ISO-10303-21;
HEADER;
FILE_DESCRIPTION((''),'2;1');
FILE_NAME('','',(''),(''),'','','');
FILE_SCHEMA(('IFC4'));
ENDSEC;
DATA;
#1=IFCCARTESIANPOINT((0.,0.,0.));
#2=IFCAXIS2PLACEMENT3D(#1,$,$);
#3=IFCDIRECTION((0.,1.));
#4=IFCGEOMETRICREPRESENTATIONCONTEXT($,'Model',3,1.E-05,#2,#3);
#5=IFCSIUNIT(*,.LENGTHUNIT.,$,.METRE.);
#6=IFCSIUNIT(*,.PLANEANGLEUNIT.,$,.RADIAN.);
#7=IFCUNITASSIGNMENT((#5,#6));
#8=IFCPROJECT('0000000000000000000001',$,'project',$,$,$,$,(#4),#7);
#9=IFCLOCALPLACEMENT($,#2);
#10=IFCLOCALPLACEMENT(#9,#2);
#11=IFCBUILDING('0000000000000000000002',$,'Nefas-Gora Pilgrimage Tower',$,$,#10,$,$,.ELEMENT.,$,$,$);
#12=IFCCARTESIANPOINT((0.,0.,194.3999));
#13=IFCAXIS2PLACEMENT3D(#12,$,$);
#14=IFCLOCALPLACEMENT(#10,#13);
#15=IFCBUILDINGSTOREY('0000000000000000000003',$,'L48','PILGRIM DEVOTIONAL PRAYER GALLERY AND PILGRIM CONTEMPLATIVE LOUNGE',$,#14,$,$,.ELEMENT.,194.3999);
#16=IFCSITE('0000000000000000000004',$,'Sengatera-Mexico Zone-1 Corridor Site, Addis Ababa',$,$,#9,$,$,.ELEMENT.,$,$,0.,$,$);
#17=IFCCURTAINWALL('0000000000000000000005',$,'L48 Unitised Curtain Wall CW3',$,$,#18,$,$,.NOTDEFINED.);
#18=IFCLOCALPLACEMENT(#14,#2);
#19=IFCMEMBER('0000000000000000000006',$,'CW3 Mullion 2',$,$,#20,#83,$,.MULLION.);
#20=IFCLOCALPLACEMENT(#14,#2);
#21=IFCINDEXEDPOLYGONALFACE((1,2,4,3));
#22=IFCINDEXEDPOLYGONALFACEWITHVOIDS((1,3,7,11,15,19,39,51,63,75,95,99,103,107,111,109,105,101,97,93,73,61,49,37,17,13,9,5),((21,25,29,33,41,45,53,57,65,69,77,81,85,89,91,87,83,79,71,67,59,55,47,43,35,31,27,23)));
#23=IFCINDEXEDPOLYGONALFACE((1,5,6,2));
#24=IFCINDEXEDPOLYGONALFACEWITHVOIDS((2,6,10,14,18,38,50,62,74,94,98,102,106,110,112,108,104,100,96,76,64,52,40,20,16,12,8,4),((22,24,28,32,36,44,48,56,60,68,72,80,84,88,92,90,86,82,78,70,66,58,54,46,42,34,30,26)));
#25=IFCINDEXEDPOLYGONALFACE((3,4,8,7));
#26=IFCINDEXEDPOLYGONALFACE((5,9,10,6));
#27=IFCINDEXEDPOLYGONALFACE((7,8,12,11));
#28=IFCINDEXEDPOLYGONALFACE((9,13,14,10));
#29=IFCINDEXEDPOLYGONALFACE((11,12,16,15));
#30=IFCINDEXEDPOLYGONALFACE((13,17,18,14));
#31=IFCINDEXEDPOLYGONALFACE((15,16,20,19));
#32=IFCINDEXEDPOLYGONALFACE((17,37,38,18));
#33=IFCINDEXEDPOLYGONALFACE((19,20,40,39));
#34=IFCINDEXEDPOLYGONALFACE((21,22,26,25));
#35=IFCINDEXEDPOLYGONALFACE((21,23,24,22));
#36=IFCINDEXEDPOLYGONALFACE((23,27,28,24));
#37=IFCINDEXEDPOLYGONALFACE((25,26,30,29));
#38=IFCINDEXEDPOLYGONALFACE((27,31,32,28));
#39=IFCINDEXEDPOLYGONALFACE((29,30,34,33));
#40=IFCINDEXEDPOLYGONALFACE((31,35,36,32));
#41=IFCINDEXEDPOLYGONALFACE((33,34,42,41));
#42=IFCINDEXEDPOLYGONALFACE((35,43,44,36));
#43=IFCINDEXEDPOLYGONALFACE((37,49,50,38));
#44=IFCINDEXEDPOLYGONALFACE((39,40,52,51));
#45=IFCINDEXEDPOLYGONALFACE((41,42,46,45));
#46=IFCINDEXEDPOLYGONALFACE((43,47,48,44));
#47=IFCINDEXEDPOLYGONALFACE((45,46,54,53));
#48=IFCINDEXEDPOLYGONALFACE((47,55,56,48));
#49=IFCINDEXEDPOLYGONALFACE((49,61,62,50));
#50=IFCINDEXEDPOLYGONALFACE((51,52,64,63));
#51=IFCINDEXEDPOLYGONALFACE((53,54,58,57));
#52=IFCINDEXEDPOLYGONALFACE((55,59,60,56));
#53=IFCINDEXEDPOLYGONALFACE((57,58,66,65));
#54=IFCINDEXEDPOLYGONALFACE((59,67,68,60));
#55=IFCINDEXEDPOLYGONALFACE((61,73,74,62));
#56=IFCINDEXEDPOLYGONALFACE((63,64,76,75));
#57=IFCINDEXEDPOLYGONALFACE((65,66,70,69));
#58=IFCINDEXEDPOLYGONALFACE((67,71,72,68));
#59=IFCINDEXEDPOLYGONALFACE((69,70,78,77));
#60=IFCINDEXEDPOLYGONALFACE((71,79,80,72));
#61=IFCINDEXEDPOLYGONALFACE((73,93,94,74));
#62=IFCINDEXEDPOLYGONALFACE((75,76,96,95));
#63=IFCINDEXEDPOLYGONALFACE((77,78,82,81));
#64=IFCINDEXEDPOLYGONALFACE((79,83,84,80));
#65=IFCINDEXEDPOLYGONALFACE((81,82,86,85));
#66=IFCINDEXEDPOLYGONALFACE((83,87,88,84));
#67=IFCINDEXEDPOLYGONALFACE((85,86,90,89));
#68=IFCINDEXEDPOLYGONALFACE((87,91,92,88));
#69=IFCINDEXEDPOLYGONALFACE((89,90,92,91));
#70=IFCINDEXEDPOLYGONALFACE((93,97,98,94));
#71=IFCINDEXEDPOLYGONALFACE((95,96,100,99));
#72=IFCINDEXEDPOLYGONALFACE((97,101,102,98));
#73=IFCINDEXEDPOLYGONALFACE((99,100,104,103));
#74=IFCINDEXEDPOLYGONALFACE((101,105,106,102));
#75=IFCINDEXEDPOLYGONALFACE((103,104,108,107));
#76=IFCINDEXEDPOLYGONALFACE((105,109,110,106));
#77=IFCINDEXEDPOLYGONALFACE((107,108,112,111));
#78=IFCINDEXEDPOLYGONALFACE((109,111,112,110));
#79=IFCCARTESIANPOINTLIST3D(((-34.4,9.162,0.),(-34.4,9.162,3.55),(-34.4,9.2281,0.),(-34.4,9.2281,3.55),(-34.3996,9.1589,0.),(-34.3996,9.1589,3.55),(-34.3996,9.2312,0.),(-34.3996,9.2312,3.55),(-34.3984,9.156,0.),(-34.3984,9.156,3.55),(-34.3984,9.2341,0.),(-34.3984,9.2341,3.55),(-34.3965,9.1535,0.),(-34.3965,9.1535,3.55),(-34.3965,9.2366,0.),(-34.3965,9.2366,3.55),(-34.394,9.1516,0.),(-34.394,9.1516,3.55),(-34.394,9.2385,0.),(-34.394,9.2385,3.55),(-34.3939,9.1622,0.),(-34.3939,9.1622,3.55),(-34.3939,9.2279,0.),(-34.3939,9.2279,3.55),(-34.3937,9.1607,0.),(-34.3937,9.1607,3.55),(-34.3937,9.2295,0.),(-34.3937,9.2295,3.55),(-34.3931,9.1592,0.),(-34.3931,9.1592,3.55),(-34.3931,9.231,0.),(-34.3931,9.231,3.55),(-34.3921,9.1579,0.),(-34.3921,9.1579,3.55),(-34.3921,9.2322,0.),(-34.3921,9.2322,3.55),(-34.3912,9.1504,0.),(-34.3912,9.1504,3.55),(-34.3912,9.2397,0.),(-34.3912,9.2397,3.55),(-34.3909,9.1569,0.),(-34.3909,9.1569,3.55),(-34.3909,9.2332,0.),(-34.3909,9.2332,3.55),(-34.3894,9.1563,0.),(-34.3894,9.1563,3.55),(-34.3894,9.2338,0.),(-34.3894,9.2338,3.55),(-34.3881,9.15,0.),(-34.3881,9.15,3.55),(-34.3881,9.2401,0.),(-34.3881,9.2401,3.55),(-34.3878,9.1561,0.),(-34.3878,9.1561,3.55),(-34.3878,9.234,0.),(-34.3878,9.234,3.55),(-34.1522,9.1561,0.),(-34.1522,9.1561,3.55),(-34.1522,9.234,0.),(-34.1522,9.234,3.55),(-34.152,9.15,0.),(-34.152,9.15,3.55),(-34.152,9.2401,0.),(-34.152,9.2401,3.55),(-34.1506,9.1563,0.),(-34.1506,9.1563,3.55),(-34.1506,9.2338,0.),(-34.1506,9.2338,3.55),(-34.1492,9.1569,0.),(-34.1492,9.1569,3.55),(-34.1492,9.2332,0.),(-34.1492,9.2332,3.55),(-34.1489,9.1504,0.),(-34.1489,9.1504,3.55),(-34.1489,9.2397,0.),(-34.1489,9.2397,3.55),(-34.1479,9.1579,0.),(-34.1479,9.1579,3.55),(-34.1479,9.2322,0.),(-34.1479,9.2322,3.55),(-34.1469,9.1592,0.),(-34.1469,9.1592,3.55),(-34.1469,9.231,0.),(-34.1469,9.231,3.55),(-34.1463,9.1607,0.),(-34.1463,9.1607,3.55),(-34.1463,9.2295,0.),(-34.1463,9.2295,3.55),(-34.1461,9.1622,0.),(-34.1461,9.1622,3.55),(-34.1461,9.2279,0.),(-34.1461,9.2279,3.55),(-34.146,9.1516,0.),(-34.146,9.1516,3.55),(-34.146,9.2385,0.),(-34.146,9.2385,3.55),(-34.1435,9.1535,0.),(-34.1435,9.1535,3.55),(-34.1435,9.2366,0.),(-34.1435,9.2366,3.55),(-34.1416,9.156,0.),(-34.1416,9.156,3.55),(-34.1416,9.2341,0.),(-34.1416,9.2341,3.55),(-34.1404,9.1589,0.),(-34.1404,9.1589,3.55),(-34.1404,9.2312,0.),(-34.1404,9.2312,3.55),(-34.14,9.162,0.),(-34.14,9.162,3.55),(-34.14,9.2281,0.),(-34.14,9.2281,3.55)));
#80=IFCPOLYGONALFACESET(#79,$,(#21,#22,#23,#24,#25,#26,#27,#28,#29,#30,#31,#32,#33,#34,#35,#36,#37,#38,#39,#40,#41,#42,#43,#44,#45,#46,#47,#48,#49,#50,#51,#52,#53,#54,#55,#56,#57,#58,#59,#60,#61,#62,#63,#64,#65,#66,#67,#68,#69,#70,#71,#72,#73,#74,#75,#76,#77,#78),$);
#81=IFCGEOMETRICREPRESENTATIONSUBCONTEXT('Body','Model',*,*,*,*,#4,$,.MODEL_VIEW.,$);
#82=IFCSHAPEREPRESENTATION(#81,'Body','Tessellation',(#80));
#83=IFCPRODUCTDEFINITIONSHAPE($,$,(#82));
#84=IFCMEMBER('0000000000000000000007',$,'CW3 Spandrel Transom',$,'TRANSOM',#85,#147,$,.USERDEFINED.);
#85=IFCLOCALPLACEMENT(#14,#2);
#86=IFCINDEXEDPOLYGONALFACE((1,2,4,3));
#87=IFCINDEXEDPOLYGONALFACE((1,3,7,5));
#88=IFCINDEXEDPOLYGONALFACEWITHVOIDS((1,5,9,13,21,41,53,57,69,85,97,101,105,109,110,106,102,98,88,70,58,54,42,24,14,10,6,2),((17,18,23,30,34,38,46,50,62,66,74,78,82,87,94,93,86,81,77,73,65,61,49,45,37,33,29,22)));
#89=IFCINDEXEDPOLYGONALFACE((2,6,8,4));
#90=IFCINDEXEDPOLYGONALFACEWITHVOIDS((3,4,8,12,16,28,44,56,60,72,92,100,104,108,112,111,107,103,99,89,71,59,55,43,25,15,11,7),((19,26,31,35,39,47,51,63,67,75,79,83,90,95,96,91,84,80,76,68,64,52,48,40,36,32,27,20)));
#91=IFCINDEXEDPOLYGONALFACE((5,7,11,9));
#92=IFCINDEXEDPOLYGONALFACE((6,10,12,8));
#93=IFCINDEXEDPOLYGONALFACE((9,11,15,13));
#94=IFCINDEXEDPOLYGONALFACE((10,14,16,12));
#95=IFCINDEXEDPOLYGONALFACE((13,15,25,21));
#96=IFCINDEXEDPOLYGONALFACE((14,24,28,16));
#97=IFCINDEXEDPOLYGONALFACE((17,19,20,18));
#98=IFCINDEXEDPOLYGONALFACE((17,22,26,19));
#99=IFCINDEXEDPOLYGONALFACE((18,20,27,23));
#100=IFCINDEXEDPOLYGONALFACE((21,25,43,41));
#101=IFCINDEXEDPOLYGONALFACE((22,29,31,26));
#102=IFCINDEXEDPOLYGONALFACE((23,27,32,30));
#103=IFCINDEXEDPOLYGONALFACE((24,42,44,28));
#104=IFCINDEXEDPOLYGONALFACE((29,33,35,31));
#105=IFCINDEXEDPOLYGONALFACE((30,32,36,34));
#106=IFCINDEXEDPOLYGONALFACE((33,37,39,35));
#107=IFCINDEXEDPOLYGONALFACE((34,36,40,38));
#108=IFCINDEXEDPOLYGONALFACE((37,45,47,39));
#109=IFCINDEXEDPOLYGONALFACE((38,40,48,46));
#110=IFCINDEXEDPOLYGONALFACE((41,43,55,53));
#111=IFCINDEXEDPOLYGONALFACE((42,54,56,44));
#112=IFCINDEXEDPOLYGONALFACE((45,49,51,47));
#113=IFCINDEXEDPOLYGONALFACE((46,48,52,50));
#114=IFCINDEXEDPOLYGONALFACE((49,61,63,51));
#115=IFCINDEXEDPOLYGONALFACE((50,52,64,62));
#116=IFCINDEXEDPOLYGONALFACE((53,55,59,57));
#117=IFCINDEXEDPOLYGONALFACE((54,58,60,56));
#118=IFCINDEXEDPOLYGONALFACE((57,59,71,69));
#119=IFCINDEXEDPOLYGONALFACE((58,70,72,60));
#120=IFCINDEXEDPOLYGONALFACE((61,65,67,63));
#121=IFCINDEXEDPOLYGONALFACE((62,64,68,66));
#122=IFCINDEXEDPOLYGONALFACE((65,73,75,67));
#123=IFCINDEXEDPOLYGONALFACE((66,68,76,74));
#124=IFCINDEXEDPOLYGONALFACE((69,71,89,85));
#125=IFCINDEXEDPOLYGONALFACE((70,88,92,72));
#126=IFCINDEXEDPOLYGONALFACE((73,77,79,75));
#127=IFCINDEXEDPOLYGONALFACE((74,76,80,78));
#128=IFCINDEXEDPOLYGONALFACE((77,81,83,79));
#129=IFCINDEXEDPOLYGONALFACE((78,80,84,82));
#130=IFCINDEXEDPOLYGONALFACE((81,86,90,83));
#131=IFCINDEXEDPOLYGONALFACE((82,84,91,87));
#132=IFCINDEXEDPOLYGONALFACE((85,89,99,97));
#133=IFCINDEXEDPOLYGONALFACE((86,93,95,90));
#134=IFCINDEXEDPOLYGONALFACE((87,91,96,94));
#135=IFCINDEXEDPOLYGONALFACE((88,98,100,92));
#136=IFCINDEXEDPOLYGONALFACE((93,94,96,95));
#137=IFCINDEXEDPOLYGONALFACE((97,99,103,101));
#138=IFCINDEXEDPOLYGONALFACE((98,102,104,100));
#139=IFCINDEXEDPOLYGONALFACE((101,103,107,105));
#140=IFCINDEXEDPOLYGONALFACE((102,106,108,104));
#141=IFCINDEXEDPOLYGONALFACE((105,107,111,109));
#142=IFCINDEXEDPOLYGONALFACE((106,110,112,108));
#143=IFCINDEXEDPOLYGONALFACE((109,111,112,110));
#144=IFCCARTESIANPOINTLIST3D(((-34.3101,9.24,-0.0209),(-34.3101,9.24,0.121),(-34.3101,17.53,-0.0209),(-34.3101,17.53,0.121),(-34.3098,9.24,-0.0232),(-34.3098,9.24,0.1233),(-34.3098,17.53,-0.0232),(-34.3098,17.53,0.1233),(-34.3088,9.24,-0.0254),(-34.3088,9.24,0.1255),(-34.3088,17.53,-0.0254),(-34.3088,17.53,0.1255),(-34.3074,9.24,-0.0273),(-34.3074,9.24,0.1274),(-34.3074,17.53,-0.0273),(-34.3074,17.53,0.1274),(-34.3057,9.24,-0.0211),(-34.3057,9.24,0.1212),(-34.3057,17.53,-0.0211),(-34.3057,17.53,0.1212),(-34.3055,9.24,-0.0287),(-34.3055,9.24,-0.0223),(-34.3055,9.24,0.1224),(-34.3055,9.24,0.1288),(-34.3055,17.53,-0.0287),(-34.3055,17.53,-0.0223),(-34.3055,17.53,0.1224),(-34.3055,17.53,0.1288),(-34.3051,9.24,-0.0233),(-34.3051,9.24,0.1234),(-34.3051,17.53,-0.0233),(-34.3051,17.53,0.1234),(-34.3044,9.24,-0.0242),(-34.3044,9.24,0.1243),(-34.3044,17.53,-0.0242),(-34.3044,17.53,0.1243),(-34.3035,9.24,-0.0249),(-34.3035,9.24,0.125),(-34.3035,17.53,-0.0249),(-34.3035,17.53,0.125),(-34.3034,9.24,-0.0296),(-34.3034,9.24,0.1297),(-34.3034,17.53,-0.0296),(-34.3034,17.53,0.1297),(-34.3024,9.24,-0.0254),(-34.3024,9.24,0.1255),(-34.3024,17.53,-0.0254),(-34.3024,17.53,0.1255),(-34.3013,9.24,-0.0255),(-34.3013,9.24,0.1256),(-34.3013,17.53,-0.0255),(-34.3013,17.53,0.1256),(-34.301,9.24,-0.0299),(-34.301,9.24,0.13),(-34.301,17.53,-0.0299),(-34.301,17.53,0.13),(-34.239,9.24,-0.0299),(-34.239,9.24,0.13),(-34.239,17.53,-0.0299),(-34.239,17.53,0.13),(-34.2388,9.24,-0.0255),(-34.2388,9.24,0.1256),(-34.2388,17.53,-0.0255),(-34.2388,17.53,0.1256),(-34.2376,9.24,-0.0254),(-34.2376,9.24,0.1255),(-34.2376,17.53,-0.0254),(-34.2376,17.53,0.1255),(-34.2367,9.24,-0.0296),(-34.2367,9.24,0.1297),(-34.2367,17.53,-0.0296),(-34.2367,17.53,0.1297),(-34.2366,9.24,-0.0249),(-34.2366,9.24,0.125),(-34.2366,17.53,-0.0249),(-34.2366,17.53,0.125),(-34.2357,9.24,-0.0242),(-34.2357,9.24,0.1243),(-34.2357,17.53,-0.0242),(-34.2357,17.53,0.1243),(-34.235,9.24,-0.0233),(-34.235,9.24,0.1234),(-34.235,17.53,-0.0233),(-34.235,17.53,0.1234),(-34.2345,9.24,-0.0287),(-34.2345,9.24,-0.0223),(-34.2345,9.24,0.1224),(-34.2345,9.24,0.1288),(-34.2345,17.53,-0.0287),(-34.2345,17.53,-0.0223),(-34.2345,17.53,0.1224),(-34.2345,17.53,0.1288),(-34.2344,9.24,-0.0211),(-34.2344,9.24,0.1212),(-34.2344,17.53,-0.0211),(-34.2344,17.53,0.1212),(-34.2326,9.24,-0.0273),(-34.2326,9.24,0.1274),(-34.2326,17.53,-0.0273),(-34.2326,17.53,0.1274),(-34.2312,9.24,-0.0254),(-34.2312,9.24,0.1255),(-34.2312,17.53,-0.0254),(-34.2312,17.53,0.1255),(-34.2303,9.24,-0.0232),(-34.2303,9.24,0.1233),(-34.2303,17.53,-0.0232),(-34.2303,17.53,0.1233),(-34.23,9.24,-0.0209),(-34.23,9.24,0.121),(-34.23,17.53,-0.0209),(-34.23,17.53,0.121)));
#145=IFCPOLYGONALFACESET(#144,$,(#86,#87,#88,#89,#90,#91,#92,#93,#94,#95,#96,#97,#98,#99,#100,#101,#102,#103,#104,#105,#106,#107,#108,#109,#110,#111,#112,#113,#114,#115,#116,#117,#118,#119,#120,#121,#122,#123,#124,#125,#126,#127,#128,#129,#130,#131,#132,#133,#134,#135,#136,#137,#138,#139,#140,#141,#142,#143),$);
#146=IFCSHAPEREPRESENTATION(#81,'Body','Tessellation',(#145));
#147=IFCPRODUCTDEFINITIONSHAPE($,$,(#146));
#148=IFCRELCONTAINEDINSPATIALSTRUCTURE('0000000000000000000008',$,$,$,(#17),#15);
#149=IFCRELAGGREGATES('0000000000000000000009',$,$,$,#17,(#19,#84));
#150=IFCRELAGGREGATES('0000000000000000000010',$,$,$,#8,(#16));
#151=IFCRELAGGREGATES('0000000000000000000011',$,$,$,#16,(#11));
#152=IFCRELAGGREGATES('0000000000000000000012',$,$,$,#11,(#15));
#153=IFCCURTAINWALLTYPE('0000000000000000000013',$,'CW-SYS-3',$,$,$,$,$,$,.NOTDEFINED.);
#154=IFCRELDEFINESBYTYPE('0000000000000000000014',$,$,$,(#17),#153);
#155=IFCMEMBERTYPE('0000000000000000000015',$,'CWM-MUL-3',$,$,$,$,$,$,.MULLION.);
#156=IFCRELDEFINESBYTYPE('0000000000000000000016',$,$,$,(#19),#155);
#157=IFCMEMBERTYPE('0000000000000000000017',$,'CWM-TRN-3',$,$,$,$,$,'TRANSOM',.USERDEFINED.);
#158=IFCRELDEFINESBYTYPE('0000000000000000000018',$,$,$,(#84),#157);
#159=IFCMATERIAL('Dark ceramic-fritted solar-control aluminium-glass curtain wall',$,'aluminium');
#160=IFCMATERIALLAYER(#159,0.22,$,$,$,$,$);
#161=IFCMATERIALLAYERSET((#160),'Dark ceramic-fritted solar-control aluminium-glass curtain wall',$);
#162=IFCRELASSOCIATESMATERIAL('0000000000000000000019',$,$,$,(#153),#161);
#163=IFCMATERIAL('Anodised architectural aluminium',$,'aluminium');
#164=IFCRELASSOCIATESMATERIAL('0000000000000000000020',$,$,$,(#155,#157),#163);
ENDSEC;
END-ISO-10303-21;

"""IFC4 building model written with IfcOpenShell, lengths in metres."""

from ifc_helpers import new_model, si_unit, direction, frame, origin, origin_2d, place, context, subcontext, project, spatial, hollow_rectangle, extrude, source, transform, mapped, material, layer, layer_set, material_profile, profile_set, type_object, element, aggregate, save


model = new_model("IFC4")

# Units and contexts
model_context = context("Model", 3, precision=1e-05, world=origin(), true_north=direction((0.0, 1.0)))
body_context = subcontext(model_context, "Body", "Model", "MODEL_VIEW")
ifc_project = project(units=[si_unit("LENGTHUNIT", "METRE"), si_unit("PLANEANGLEUNIT", "RADIAN")], contexts=[model_context])

# Site, building, storey
site_placement = place(None, origin())
site = spatial("IfcSite", under=ifc_project, at=site_placement, Name="Sengatera-Mexico Zone-1 Corridor Site, Addis Ababa", CompositionType="ELEMENT", RefElevation=0.0)
building_placement = place(site_placement, origin())
building = spatial("IfcBuilding", under=site, at=building_placement, Name="Nefas-Gora Pilgrimage Tower", CompositionType="ELEMENT")
storey_placement = place(building_placement, frame((0.0, 0.0, 194.3999)))
storey = spatial("IfcBuildingStorey", under=building, at=storey_placement, Name="L48", Description="PILGRIM DEVOTIONAL PRAYER GALLERY AND PILGRIM CONTEMPLATIVE LOUNGE", CompositionType="ELEMENT", Elevation=194.3999)

# Shared definitions
ifc_material_1 = material(Name="Dark ceramic-fritted solar-control aluminium-glass curtain wall", Category="aluminium")
ifc_material_2 = material(Name="Anodised architectural aluminium", Category="aluminium")

# Curtain wall, members
ifc_layer_1 = layer(ifc_material_1, 0.22)
ifc_layer_set_1 = layer_set([ifc_layer_1], Name="Dark ceramic-fritted solar-control aluminium-glass curtain wall")
curtain_wall_type_1 = type_object("IfcCurtainWallType", Name="CW-SYS-3", PredefinedType="NOTDEFINED", material=ifc_layer_set_1)
ifc_material_profile_1 = material_profile(ifc_material_2, hollow_rectangle(XDim=0.0901, YDim=0.26, WallThickness=0.0061, InnerFilletRadius=0.0061, OuterFilletRadius=0.012, at=origin_2d()), Name="ALU MULLION 90x260")
ifc_profile_set_1 = profile_set([ifc_material_profile_1], Name="Anodised architectural aluminium")
member_type_1 = type_object("IfcMemberType", Name="CWM-MUL-3", PredefinedType="MULLION", material=ifc_profile_set_1)
shared_shape_1 = source(origin(), body_context, "Body", "SweptSolid", [
    extrude(hollow_rectangle(XDim=0.0901, YDim=0.26, WallThickness=0.0061, InnerFilletRadius=0.0061, OuterFilletRadius=0.012, at=origin_2d()), origin(), (0.0, 0.0, 1.0), 3.55),
])
curtain_wall_1_placement = place(storey_placement, origin())
curtain_wall_1 = element("IfcCurtainWall", 1, at=curtain_wall_1_placement, inside=storey, type_object=curtain_wall_type_1, Name="L48 Unitised Curtain Wall CW3", PredefinedType="NOTDEFINED")
member_1_placement = place(storey_placement, frame((-34.27, 9.1951, 0.0), z_axis=(0.0, 0.0, 1.0), x_axis=(0.0, -1.0, 0.0)))
member_1 = element("IfcMember", 2, at=member_1_placement, type_object=member_type_1, Name="CW3 Mullion 2", PredefinedType="MULLION", context=body_context, shape_type="MappedRepresentation", body=[
    mapped(shared_shape_1, transform((0.0, 0.0, 0.0), x_axis=(1.0, 0.0, 0.0), y_axis=(0.0, 1.0, 0.0), z_axis=(0.0, 0.0, 1.0), scale=1.0)),
])
ifc_material_profile_2 = material_profile(ifc_material_2, hollow_rectangle(XDim=0.0801, YDim=0.1599, WallThickness=0.0044, InnerFilletRadius=0.0044, OuterFilletRadius=0.009, at=origin_2d()), Name="ALU TRANSOM 80x160")
ifc_profile_set_2 = profile_set([ifc_material_profile_2], Name="Anodised architectural aluminium")
member_type_2 = type_object("IfcMemberType", Name="CWM-TRN-3", ElementType="TRANSOM", PredefinedType="USERDEFINED", material=ifc_profile_set_2)
shared_shape_2 = source(origin(), body_context, "Body", "SweptSolid", [
    extrude(hollow_rectangle(XDim=0.0801, YDim=0.1599, WallThickness=0.0044, InnerFilletRadius=0.0044, OuterFilletRadius=0.009, at=origin_2d()), origin(), (0.0, 0.0, 1.0), 8.29),
])
member_2_placement = place(storey_placement, frame((-34.27, 17.53, 0.05), z_axis=(0.0, -1.0, 0.0), x_axis=(1.0, 0.0, 0.0)))
member_2 = element("IfcMember", 3, at=member_2_placement, type_object=member_type_2, Name="CW3 Spandrel Transom", ObjectType="TRANSOM", PredefinedType="USERDEFINED", context=body_context, shape_type="MappedRepresentation", body=[
    mapped(shared_shape_2, transform((0.0, 0.0, 0.0), x_axis=(1.0, 0.0, 0.0), y_axis=(0.0, 1.0, 0.0), z_axis=(0.0, 0.0, 1.0), scale=1.0)),
])

aggregate(curtain_wall_1, [member_1, member_2])

save(model, "model.ifc")
